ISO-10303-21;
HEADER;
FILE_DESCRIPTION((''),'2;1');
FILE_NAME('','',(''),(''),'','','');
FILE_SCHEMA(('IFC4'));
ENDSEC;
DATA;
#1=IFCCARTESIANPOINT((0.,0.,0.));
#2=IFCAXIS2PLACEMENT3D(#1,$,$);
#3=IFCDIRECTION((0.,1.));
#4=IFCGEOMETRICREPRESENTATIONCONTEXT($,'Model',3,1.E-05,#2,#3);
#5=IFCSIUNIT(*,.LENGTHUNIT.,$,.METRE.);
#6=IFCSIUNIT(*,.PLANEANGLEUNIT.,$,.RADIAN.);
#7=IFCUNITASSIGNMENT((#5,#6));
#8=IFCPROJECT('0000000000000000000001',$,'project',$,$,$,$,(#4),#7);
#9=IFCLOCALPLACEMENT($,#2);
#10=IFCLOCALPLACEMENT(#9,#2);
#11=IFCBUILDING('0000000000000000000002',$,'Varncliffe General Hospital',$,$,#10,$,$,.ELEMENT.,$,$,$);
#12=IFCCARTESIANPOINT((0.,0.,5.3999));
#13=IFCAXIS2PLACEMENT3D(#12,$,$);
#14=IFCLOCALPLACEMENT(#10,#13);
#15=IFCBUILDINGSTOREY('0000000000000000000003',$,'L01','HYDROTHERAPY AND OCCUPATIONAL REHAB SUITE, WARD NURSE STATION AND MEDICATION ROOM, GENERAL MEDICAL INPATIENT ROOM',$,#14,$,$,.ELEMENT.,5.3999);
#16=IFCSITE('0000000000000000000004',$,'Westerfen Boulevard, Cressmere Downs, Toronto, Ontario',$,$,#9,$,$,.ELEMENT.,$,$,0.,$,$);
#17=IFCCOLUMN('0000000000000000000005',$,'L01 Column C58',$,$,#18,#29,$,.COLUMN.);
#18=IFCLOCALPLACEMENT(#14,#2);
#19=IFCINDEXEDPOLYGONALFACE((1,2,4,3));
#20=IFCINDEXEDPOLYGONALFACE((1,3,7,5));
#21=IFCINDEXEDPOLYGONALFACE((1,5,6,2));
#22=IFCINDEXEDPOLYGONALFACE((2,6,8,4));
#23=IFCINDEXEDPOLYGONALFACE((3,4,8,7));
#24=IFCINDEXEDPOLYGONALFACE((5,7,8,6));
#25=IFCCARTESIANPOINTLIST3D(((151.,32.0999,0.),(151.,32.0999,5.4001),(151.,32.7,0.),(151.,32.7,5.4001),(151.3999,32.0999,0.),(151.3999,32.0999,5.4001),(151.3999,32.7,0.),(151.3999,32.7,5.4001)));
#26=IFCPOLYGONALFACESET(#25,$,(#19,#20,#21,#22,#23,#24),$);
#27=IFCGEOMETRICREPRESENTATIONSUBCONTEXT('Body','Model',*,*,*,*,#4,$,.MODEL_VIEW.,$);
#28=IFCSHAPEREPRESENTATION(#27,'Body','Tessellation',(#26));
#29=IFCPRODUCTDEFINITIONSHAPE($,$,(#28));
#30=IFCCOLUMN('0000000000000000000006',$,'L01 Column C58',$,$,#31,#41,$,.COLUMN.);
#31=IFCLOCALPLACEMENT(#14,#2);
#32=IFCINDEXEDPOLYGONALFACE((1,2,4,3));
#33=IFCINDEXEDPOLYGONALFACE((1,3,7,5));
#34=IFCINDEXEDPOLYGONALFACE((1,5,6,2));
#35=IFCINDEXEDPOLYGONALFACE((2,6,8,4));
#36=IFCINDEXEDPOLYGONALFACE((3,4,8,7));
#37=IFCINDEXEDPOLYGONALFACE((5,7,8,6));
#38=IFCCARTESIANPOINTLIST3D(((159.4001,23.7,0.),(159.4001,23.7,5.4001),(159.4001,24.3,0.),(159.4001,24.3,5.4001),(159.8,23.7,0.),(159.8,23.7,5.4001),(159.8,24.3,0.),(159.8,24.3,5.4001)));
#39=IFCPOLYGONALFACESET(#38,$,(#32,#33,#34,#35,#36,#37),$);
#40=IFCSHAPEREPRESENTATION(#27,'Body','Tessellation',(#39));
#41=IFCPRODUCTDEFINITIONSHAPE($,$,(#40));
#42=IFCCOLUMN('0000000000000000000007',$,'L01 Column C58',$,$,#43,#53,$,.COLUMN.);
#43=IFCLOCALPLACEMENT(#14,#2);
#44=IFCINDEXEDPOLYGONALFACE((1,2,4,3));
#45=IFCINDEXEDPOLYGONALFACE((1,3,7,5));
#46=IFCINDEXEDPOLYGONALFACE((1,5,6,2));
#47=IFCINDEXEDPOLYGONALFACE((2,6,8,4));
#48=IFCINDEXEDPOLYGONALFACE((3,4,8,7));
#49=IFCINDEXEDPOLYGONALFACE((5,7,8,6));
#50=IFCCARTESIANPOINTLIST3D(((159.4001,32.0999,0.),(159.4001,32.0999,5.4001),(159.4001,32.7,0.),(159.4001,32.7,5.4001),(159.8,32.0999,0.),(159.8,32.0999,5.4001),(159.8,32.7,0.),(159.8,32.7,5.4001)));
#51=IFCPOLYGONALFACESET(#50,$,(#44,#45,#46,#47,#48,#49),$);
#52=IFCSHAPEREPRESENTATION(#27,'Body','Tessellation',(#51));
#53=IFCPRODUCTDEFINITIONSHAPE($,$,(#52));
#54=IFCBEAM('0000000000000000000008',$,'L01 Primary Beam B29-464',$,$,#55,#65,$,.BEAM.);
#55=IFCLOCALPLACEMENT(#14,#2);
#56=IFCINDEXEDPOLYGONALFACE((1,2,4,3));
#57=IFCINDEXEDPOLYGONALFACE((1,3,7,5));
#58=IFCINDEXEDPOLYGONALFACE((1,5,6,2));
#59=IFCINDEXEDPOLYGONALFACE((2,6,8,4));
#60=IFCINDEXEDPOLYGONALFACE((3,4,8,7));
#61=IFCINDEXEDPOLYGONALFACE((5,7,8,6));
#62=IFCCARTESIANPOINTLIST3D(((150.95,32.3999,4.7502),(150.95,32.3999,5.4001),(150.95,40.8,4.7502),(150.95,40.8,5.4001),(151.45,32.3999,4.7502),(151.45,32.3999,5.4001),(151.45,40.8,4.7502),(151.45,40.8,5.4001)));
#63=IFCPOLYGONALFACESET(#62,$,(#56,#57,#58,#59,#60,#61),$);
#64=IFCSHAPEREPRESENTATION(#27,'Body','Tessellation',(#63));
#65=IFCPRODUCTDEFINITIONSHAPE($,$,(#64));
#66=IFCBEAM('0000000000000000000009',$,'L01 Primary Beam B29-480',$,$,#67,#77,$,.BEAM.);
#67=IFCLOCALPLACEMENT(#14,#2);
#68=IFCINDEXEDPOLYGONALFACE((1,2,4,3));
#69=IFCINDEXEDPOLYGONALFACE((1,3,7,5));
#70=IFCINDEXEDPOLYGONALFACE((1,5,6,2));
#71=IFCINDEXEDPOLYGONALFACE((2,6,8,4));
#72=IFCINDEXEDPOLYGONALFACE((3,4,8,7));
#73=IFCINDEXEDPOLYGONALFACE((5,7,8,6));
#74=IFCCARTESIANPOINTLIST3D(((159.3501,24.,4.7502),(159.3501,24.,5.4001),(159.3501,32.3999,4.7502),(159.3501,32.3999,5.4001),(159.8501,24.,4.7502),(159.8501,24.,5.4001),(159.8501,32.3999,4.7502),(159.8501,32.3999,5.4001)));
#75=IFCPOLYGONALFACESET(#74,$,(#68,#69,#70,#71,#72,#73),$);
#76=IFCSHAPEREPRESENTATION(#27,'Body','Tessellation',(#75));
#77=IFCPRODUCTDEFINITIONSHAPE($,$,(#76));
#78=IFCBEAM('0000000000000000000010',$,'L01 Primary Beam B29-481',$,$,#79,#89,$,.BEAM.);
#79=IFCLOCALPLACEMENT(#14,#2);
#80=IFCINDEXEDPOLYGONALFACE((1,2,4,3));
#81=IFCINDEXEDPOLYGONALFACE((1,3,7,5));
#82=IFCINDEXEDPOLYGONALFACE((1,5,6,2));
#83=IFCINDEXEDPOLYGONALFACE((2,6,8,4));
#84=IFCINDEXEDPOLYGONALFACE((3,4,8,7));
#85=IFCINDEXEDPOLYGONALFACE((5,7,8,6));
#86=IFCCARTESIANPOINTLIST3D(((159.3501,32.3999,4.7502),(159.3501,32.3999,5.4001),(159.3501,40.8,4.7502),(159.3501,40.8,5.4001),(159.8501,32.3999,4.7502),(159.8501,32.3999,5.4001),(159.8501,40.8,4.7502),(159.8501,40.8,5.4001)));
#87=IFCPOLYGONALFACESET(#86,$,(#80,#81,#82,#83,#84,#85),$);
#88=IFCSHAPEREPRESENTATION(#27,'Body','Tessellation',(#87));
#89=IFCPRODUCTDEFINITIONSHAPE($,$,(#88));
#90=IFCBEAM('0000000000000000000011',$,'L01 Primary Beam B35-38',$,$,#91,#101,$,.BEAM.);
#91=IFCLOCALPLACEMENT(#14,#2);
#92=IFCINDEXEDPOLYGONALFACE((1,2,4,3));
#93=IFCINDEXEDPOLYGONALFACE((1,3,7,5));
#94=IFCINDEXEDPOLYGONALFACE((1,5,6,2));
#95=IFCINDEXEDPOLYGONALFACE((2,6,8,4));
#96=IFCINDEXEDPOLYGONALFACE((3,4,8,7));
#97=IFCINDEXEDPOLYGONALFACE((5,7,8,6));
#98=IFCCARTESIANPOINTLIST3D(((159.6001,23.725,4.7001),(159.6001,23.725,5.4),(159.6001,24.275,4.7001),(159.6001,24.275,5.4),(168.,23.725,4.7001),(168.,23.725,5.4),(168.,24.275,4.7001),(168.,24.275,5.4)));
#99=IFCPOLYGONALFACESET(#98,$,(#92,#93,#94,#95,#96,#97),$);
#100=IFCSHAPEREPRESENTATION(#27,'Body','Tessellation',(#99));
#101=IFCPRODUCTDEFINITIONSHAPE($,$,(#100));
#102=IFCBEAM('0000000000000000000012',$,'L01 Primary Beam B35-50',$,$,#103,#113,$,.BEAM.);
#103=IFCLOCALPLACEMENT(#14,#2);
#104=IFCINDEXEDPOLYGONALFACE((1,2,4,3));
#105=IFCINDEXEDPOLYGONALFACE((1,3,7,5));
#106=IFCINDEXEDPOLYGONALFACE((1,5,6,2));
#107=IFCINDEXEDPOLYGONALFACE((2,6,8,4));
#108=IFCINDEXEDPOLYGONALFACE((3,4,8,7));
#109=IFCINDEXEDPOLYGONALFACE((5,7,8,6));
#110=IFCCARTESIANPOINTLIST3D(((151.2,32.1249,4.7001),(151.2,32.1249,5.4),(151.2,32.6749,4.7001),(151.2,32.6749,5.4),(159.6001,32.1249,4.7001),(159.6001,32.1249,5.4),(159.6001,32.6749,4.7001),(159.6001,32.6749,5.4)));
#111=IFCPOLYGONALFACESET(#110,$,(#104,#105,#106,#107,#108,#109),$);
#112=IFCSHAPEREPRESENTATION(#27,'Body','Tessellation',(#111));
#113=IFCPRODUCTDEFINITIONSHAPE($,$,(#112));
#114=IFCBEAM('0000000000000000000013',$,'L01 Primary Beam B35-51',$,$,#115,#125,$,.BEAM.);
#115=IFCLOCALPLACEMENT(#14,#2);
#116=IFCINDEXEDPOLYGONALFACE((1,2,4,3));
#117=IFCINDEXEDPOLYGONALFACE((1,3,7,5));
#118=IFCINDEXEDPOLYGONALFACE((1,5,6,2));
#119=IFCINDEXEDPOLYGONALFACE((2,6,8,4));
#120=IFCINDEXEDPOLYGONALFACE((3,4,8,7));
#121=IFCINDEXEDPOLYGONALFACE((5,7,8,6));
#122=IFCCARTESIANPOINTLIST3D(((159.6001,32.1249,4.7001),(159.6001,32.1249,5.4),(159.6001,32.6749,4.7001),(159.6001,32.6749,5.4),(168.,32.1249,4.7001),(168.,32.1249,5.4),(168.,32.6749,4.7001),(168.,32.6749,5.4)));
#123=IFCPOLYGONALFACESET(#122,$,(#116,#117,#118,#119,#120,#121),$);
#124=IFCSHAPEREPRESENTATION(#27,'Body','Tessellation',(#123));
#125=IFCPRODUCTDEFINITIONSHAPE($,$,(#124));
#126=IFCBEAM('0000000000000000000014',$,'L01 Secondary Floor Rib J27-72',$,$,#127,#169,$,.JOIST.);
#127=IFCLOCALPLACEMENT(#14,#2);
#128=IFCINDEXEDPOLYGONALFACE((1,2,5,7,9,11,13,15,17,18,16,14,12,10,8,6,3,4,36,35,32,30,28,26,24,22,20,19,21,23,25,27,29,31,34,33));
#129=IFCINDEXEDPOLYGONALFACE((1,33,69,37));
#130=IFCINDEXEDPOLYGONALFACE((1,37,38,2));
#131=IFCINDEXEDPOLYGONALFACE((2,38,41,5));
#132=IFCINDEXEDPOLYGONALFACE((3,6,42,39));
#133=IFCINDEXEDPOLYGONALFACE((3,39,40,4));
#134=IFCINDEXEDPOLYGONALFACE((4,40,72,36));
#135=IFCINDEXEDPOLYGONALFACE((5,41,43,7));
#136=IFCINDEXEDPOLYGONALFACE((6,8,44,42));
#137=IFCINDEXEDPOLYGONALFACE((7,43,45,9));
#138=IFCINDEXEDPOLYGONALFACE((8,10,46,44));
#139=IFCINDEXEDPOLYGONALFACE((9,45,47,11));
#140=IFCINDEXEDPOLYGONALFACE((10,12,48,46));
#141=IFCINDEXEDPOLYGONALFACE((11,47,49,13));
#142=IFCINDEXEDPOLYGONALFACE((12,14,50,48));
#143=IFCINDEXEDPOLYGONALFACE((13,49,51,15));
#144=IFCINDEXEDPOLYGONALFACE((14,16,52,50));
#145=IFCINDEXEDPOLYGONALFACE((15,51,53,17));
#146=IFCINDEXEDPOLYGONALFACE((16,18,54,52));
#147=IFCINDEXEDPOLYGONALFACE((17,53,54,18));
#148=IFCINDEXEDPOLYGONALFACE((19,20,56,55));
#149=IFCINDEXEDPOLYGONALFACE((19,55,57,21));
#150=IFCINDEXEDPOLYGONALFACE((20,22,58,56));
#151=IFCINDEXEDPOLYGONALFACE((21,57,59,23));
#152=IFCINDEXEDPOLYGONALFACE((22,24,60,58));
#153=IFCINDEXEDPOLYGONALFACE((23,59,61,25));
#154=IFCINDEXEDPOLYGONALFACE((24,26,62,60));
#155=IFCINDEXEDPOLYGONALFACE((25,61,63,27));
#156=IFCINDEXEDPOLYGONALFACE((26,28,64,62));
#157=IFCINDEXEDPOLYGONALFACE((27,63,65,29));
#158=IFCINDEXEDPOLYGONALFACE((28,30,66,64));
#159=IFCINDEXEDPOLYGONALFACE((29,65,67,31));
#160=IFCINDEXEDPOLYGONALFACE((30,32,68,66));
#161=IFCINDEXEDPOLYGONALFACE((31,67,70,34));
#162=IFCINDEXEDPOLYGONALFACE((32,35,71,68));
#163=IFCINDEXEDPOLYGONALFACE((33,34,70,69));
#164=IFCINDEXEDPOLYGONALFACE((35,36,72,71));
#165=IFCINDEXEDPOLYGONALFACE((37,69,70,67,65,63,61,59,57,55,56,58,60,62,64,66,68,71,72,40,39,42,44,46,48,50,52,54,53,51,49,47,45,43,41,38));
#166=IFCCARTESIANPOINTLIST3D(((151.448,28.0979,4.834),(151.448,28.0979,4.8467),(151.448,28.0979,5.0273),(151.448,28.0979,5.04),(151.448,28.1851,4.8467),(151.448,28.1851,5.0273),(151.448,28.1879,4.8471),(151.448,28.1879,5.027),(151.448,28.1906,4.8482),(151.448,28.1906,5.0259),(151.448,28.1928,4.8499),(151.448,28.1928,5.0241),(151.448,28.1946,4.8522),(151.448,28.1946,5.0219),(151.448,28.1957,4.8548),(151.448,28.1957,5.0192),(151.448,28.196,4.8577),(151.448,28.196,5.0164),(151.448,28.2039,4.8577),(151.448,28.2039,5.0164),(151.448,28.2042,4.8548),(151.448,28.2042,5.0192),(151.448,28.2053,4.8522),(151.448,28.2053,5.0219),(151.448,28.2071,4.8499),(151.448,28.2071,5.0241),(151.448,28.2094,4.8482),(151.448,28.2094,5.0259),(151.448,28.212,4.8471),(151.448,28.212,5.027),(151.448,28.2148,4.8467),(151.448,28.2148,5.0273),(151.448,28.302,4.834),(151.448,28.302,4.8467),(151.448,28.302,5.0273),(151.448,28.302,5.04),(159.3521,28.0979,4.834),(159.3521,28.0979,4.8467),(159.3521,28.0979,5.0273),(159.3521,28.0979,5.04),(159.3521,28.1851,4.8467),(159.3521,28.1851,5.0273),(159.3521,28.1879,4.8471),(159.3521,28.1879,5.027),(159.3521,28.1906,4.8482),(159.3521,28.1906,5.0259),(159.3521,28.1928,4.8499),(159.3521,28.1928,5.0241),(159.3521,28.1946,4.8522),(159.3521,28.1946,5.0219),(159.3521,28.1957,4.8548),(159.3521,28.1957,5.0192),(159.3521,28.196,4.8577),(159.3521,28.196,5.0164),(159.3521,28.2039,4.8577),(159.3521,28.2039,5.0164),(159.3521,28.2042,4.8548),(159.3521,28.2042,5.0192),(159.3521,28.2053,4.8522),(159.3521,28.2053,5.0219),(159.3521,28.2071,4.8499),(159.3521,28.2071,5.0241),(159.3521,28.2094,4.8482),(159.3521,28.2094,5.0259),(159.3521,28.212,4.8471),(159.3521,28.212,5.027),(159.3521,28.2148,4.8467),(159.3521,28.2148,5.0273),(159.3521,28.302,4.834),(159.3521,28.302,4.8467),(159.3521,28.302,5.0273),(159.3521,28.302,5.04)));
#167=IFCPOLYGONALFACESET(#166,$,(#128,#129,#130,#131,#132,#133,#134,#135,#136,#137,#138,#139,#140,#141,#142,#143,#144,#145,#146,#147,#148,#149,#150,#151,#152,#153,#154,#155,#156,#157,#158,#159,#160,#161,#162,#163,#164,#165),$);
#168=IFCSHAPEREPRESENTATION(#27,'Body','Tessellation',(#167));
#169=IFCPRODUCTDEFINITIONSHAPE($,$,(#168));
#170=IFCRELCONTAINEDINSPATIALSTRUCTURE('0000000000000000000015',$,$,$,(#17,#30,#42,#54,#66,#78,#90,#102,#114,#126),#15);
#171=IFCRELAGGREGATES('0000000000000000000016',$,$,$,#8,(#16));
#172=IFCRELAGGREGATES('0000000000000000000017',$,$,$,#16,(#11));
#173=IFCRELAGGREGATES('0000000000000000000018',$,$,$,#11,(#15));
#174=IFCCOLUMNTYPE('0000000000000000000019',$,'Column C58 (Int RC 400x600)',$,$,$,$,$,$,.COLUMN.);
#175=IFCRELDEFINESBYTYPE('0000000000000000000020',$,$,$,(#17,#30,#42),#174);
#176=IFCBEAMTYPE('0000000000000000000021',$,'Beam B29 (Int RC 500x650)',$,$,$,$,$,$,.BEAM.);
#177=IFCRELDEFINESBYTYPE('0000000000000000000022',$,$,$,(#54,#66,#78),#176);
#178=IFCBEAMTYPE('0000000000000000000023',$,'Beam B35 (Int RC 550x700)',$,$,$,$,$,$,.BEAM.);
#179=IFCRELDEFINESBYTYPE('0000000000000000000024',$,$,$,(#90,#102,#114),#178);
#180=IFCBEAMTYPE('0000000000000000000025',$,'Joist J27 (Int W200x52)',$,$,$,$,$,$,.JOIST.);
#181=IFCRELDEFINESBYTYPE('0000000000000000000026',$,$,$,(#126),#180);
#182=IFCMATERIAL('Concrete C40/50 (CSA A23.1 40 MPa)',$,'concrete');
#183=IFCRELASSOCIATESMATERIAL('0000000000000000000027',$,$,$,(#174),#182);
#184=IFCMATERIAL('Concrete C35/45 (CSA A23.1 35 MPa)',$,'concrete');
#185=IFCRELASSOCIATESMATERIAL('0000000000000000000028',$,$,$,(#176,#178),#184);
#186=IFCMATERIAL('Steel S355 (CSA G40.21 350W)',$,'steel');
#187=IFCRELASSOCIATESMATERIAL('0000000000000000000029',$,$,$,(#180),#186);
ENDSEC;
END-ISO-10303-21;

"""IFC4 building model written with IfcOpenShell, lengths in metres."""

from ifc_helpers import new_model, si_unit, direction, frame, origin, origin_2d, place, context, subcontext, project, spatial, rectangle, i_section, extrude, material, material_profile, profile_set, type_object, element, save


model = new_model("IFC4")

# Units and contexts
model_context = context("Model", 3, precision=1e-05, world=origin(), true_north=direction((0.0, 1.0)))
body_context = subcontext(model_context, "Body", "Model", "MODEL_VIEW")
ifc_project = project(units=[si_unit("LENGTHUNIT", "METRE"), si_unit("PLANEANGLEUNIT", "RADIAN")], contexts=[model_context])

# Site, building, storey
site_placement = place(None, origin())
site = spatial("IfcSite", under=ifc_project, at=site_placement, Name="Westerfen Boulevard, Cressmere Downs, Toronto, Ontario", CompositionType="ELEMENT", RefElevation=0.0)
building_placement = place(site_placement, origin())
building = spatial("IfcBuilding", under=site, at=building_placement, Name="Varncliffe General Hospital", CompositionType="ELEMENT")
storey_placement = place(building_placement, frame((0.0, 0.0, 5.3999)))
storey = spatial("IfcBuildingStorey", under=building, at=storey_placement, Name="L01", Description="HYDROTHERAPY AND OCCUPATIONAL REHAB SUITE, WARD NURSE STATION AND MEDICATION ROOM, GENERAL MEDICAL INPATIENT ROOM", CompositionType="ELEMENT", Elevation=5.3999)

# Columns
ifc_material_1 = material(Name="Concrete C40/50 (CSA A23.1 40 MPa)", Category="concrete")
ifc_material_profile_1 = material_profile(ifc_material_1, rectangle(XDim=0.3999, YDim=0.6001, at=origin_2d()), Name="RC 400x600")
ifc_profile_set_1 = profile_set([ifc_material_profile_1], Name="Concrete C40/50 (CSA A23.1 40 MPa)")
column_type = type_object("IfcColumnType", Name="Column C58 (Int RC 400x600)", PredefinedType="COLUMN", material=ifc_profile_set_1)
for number, where, z_axis, x_axis, name in (
    (1, (151.2, 32.3999, 0.0), (0.0, 0.0, 1.0), (1.0, 0.0, 0.0), "L01 Column C58"),
    (2, (159.6001, 24.0, 0.0), (0.0, 0.0, 1.0), (1.0, 0.0, 0.0), "L01 Column C58"),
    (3, (159.6001, 32.3999, 0.0), (0.0, 0.0, 1.0), (1.0, 0.0, 0.0), "L01 Column C58"),
):
    element("IfcColumn", number, at=place(storey_placement, frame(where, z_axis=z_axis, x_axis=x_axis)), inside=storey, type_object=column_type, Name=name, PredefinedType="COLUMN", context=body_context, shape_type="SweptSolid", body=[
        extrude(rectangle(XDim=0.3999, YDim=0.6001, at=origin_2d()), origin(), (0.0, 0.0, 1.0), 5.4001),
    ])

# Beams
ifc_material_2 = material(Name="Concrete C35/45 (CSA A23.1 35 MPa)", Category="concrete")
ifc_material_profile_2 = material_profile(ifc_material_2, rectangle(XDim=0.5, YDim=0.6499, at=origin_2d()), Name="RC 500x650")
ifc_profile_set_2 = profile_set([ifc_material_profile_2], Name="Concrete C35/45 (CSA A23.1 35 MPa)")
beam_type_1 = type_object("IfcBeamType", Name="Beam B29 (Int RC 500x650)", PredefinedType="BEAM", material=ifc_profile_set_2)
beam_1_placement = place(storey_placement, frame((151.2, 32.3999, 5.0752), z_axis=(0.0, 1.0, 0.0), x_axis=(-1.0, 0.0, 0.0)))
element("IfcBeam", 4, at=beam_1_placement, inside=storey, type_object=beam_type_1, Name="L01 Primary Beam B29-464", PredefinedType="BEAM", context=body_context, shape_type="SweptSolid", body=[
    extrude(rectangle(XDim=0.5, YDim=0.6499, at=origin_2d()), origin(), (0.0, 0.0, 1.0), 8.4001),
])
beam_2_placement = place(storey_placement, frame((159.6001, 24.0, 5.0752), z_axis=(0.0, 1.0, 0.0), x_axis=(-1.0, 0.0, 0.0)))
element("IfcBeam", 5, at=beam_2_placement, inside=storey, type_object=beam_type_1, Name="L01 Primary Beam B29-480", PredefinedType="BEAM", context=body_context, shape_type="SweptSolid", body=[
    extrude(rectangle(XDim=0.5, YDim=0.6499, at=origin_2d()), origin(), (0.0, 0.0, 1.0), 8.3999),
])
beam_3_placement = place(storey_placement, frame((159.6001, 32.3999, 5.0752), z_axis=(0.0, 1.0, 0.0), x_axis=(-1.0, 0.0, 0.0)))
element("IfcBeam", 6, at=beam_3_placement, inside=storey, type_object=beam_type_1, Name="L01 Primary Beam B29-481", PredefinedType="BEAM", context=body_context, shape_type="SweptSolid", body=[
    extrude(rectangle(XDim=0.5, YDim=0.6499, at=origin_2d()), origin(), (0.0, 0.0, 1.0), 8.4001),
])
ifc_material_profile_3 = material_profile(ifc_material_2, rectangle(XDim=0.55, YDim=0.7, at=origin_2d()), Name="RC 550x700")
ifc_profile_set_3 = profile_set([ifc_material_profile_3], Name="Concrete C35/45 (CSA A23.1 35 MPa)")
beam_type_2 = type_object("IfcBeamType", Name="Beam B35 (Int RC 550x700)", PredefinedType="BEAM", material=ifc_profile_set_3)
beam_4_placement = place(storey_placement, frame((159.6001, 24.0, 5.05), z_axis=(1.0, 0.0, 0.0), x_axis=(0.0, 1.0, 0.0)))
element("IfcBeam", 7, at=beam_4_placement, inside=storey, type_object=beam_type_2, Name="L01 Primary Beam B35-38", PredefinedType="BEAM", context=body_context, shape_type="SweptSolid", body=[
    extrude(rectangle(XDim=0.55, YDim=0.7, at=origin_2d()), origin(), (0.0, 0.0, 1.0), 8.3999),
])
beam_5_placement = place(storey_placement, frame((151.2, 32.3999, 5.05), z_axis=(1.0, 0.0, 0.0), x_axis=(0.0, 1.0, 0.0)))
element("IfcBeam", 8, at=beam_5_placement, inside=storey, type_object=beam_type_2, Name="L01 Primary Beam B35-50", PredefinedType="BEAM", context=body_context, shape_type="SweptSolid", body=[
    extrude(rectangle(XDim=0.55, YDim=0.7, at=origin_2d()), origin(), (0.0, 0.0, 1.0), 8.4001),
])
beam_6_placement = place(storey_placement, frame((159.6001, 32.3999, 5.05), z_axis=(1.0, 0.0, 0.0), x_axis=(0.0, 1.0, 0.0)))
element("IfcBeam", 9, at=beam_6_placement, inside=storey, type_object=beam_type_2, Name="L01 Primary Beam B35-51", PredefinedType="BEAM", context=body_context, shape_type="SweptSolid", body=[
    extrude(rectangle(XDim=0.55, YDim=0.7, at=origin_2d()), origin(), (0.0, 0.0, 1.0), 8.3999),
])
ifc_material_3 = material(Name="Steel S355 (CSA G40.21 350W)", Category="steel")
ifc_material_profile_4 = material_profile(ifc_material_3, i_section(OverallWidth=0.2041, OverallDepth=0.2061, WebThickness=0.0078, FlangeThickness=0.0127, FilletRadius=0.011, at=origin_2d()), Name="W200x52")
ifc_profile_set_4 = profile_set([ifc_material_profile_4], Name="Steel S355 (CSA G40.21 350W)")
beam_type_3 = type_object("IfcBeamType", Name="Joist J27 (Int W200x52)", PredefinedType="JOIST", material=ifc_profile_set_4)
for number, where, z_axis, x_axis, name in (
    (10, (151.448, 28.2, 4.937), (1.0, 0.0, 0.0), (0.0, 1.0, 0.0), "L01 Secondary Floor Rib J27-72"),
):
    element("IfcBeam", number, at=place(storey_placement, frame(where, z_axis=z_axis, x_axis=x_axis)), inside=storey, type_object=beam_type_3, Name=name, PredefinedType="JOIST", context=body_context, shape_type="SweptSolid", body=[
        extrude(i_section(OverallWidth=0.2041, OverallDepth=0.2061, WebThickness=0.0078, FlangeThickness=0.0127, FilletRadius=0.011, at=origin_2d()), origin(), (0.0, 0.0, 1.0), 7.9041),
    ])

save(model, "model.ifc")
